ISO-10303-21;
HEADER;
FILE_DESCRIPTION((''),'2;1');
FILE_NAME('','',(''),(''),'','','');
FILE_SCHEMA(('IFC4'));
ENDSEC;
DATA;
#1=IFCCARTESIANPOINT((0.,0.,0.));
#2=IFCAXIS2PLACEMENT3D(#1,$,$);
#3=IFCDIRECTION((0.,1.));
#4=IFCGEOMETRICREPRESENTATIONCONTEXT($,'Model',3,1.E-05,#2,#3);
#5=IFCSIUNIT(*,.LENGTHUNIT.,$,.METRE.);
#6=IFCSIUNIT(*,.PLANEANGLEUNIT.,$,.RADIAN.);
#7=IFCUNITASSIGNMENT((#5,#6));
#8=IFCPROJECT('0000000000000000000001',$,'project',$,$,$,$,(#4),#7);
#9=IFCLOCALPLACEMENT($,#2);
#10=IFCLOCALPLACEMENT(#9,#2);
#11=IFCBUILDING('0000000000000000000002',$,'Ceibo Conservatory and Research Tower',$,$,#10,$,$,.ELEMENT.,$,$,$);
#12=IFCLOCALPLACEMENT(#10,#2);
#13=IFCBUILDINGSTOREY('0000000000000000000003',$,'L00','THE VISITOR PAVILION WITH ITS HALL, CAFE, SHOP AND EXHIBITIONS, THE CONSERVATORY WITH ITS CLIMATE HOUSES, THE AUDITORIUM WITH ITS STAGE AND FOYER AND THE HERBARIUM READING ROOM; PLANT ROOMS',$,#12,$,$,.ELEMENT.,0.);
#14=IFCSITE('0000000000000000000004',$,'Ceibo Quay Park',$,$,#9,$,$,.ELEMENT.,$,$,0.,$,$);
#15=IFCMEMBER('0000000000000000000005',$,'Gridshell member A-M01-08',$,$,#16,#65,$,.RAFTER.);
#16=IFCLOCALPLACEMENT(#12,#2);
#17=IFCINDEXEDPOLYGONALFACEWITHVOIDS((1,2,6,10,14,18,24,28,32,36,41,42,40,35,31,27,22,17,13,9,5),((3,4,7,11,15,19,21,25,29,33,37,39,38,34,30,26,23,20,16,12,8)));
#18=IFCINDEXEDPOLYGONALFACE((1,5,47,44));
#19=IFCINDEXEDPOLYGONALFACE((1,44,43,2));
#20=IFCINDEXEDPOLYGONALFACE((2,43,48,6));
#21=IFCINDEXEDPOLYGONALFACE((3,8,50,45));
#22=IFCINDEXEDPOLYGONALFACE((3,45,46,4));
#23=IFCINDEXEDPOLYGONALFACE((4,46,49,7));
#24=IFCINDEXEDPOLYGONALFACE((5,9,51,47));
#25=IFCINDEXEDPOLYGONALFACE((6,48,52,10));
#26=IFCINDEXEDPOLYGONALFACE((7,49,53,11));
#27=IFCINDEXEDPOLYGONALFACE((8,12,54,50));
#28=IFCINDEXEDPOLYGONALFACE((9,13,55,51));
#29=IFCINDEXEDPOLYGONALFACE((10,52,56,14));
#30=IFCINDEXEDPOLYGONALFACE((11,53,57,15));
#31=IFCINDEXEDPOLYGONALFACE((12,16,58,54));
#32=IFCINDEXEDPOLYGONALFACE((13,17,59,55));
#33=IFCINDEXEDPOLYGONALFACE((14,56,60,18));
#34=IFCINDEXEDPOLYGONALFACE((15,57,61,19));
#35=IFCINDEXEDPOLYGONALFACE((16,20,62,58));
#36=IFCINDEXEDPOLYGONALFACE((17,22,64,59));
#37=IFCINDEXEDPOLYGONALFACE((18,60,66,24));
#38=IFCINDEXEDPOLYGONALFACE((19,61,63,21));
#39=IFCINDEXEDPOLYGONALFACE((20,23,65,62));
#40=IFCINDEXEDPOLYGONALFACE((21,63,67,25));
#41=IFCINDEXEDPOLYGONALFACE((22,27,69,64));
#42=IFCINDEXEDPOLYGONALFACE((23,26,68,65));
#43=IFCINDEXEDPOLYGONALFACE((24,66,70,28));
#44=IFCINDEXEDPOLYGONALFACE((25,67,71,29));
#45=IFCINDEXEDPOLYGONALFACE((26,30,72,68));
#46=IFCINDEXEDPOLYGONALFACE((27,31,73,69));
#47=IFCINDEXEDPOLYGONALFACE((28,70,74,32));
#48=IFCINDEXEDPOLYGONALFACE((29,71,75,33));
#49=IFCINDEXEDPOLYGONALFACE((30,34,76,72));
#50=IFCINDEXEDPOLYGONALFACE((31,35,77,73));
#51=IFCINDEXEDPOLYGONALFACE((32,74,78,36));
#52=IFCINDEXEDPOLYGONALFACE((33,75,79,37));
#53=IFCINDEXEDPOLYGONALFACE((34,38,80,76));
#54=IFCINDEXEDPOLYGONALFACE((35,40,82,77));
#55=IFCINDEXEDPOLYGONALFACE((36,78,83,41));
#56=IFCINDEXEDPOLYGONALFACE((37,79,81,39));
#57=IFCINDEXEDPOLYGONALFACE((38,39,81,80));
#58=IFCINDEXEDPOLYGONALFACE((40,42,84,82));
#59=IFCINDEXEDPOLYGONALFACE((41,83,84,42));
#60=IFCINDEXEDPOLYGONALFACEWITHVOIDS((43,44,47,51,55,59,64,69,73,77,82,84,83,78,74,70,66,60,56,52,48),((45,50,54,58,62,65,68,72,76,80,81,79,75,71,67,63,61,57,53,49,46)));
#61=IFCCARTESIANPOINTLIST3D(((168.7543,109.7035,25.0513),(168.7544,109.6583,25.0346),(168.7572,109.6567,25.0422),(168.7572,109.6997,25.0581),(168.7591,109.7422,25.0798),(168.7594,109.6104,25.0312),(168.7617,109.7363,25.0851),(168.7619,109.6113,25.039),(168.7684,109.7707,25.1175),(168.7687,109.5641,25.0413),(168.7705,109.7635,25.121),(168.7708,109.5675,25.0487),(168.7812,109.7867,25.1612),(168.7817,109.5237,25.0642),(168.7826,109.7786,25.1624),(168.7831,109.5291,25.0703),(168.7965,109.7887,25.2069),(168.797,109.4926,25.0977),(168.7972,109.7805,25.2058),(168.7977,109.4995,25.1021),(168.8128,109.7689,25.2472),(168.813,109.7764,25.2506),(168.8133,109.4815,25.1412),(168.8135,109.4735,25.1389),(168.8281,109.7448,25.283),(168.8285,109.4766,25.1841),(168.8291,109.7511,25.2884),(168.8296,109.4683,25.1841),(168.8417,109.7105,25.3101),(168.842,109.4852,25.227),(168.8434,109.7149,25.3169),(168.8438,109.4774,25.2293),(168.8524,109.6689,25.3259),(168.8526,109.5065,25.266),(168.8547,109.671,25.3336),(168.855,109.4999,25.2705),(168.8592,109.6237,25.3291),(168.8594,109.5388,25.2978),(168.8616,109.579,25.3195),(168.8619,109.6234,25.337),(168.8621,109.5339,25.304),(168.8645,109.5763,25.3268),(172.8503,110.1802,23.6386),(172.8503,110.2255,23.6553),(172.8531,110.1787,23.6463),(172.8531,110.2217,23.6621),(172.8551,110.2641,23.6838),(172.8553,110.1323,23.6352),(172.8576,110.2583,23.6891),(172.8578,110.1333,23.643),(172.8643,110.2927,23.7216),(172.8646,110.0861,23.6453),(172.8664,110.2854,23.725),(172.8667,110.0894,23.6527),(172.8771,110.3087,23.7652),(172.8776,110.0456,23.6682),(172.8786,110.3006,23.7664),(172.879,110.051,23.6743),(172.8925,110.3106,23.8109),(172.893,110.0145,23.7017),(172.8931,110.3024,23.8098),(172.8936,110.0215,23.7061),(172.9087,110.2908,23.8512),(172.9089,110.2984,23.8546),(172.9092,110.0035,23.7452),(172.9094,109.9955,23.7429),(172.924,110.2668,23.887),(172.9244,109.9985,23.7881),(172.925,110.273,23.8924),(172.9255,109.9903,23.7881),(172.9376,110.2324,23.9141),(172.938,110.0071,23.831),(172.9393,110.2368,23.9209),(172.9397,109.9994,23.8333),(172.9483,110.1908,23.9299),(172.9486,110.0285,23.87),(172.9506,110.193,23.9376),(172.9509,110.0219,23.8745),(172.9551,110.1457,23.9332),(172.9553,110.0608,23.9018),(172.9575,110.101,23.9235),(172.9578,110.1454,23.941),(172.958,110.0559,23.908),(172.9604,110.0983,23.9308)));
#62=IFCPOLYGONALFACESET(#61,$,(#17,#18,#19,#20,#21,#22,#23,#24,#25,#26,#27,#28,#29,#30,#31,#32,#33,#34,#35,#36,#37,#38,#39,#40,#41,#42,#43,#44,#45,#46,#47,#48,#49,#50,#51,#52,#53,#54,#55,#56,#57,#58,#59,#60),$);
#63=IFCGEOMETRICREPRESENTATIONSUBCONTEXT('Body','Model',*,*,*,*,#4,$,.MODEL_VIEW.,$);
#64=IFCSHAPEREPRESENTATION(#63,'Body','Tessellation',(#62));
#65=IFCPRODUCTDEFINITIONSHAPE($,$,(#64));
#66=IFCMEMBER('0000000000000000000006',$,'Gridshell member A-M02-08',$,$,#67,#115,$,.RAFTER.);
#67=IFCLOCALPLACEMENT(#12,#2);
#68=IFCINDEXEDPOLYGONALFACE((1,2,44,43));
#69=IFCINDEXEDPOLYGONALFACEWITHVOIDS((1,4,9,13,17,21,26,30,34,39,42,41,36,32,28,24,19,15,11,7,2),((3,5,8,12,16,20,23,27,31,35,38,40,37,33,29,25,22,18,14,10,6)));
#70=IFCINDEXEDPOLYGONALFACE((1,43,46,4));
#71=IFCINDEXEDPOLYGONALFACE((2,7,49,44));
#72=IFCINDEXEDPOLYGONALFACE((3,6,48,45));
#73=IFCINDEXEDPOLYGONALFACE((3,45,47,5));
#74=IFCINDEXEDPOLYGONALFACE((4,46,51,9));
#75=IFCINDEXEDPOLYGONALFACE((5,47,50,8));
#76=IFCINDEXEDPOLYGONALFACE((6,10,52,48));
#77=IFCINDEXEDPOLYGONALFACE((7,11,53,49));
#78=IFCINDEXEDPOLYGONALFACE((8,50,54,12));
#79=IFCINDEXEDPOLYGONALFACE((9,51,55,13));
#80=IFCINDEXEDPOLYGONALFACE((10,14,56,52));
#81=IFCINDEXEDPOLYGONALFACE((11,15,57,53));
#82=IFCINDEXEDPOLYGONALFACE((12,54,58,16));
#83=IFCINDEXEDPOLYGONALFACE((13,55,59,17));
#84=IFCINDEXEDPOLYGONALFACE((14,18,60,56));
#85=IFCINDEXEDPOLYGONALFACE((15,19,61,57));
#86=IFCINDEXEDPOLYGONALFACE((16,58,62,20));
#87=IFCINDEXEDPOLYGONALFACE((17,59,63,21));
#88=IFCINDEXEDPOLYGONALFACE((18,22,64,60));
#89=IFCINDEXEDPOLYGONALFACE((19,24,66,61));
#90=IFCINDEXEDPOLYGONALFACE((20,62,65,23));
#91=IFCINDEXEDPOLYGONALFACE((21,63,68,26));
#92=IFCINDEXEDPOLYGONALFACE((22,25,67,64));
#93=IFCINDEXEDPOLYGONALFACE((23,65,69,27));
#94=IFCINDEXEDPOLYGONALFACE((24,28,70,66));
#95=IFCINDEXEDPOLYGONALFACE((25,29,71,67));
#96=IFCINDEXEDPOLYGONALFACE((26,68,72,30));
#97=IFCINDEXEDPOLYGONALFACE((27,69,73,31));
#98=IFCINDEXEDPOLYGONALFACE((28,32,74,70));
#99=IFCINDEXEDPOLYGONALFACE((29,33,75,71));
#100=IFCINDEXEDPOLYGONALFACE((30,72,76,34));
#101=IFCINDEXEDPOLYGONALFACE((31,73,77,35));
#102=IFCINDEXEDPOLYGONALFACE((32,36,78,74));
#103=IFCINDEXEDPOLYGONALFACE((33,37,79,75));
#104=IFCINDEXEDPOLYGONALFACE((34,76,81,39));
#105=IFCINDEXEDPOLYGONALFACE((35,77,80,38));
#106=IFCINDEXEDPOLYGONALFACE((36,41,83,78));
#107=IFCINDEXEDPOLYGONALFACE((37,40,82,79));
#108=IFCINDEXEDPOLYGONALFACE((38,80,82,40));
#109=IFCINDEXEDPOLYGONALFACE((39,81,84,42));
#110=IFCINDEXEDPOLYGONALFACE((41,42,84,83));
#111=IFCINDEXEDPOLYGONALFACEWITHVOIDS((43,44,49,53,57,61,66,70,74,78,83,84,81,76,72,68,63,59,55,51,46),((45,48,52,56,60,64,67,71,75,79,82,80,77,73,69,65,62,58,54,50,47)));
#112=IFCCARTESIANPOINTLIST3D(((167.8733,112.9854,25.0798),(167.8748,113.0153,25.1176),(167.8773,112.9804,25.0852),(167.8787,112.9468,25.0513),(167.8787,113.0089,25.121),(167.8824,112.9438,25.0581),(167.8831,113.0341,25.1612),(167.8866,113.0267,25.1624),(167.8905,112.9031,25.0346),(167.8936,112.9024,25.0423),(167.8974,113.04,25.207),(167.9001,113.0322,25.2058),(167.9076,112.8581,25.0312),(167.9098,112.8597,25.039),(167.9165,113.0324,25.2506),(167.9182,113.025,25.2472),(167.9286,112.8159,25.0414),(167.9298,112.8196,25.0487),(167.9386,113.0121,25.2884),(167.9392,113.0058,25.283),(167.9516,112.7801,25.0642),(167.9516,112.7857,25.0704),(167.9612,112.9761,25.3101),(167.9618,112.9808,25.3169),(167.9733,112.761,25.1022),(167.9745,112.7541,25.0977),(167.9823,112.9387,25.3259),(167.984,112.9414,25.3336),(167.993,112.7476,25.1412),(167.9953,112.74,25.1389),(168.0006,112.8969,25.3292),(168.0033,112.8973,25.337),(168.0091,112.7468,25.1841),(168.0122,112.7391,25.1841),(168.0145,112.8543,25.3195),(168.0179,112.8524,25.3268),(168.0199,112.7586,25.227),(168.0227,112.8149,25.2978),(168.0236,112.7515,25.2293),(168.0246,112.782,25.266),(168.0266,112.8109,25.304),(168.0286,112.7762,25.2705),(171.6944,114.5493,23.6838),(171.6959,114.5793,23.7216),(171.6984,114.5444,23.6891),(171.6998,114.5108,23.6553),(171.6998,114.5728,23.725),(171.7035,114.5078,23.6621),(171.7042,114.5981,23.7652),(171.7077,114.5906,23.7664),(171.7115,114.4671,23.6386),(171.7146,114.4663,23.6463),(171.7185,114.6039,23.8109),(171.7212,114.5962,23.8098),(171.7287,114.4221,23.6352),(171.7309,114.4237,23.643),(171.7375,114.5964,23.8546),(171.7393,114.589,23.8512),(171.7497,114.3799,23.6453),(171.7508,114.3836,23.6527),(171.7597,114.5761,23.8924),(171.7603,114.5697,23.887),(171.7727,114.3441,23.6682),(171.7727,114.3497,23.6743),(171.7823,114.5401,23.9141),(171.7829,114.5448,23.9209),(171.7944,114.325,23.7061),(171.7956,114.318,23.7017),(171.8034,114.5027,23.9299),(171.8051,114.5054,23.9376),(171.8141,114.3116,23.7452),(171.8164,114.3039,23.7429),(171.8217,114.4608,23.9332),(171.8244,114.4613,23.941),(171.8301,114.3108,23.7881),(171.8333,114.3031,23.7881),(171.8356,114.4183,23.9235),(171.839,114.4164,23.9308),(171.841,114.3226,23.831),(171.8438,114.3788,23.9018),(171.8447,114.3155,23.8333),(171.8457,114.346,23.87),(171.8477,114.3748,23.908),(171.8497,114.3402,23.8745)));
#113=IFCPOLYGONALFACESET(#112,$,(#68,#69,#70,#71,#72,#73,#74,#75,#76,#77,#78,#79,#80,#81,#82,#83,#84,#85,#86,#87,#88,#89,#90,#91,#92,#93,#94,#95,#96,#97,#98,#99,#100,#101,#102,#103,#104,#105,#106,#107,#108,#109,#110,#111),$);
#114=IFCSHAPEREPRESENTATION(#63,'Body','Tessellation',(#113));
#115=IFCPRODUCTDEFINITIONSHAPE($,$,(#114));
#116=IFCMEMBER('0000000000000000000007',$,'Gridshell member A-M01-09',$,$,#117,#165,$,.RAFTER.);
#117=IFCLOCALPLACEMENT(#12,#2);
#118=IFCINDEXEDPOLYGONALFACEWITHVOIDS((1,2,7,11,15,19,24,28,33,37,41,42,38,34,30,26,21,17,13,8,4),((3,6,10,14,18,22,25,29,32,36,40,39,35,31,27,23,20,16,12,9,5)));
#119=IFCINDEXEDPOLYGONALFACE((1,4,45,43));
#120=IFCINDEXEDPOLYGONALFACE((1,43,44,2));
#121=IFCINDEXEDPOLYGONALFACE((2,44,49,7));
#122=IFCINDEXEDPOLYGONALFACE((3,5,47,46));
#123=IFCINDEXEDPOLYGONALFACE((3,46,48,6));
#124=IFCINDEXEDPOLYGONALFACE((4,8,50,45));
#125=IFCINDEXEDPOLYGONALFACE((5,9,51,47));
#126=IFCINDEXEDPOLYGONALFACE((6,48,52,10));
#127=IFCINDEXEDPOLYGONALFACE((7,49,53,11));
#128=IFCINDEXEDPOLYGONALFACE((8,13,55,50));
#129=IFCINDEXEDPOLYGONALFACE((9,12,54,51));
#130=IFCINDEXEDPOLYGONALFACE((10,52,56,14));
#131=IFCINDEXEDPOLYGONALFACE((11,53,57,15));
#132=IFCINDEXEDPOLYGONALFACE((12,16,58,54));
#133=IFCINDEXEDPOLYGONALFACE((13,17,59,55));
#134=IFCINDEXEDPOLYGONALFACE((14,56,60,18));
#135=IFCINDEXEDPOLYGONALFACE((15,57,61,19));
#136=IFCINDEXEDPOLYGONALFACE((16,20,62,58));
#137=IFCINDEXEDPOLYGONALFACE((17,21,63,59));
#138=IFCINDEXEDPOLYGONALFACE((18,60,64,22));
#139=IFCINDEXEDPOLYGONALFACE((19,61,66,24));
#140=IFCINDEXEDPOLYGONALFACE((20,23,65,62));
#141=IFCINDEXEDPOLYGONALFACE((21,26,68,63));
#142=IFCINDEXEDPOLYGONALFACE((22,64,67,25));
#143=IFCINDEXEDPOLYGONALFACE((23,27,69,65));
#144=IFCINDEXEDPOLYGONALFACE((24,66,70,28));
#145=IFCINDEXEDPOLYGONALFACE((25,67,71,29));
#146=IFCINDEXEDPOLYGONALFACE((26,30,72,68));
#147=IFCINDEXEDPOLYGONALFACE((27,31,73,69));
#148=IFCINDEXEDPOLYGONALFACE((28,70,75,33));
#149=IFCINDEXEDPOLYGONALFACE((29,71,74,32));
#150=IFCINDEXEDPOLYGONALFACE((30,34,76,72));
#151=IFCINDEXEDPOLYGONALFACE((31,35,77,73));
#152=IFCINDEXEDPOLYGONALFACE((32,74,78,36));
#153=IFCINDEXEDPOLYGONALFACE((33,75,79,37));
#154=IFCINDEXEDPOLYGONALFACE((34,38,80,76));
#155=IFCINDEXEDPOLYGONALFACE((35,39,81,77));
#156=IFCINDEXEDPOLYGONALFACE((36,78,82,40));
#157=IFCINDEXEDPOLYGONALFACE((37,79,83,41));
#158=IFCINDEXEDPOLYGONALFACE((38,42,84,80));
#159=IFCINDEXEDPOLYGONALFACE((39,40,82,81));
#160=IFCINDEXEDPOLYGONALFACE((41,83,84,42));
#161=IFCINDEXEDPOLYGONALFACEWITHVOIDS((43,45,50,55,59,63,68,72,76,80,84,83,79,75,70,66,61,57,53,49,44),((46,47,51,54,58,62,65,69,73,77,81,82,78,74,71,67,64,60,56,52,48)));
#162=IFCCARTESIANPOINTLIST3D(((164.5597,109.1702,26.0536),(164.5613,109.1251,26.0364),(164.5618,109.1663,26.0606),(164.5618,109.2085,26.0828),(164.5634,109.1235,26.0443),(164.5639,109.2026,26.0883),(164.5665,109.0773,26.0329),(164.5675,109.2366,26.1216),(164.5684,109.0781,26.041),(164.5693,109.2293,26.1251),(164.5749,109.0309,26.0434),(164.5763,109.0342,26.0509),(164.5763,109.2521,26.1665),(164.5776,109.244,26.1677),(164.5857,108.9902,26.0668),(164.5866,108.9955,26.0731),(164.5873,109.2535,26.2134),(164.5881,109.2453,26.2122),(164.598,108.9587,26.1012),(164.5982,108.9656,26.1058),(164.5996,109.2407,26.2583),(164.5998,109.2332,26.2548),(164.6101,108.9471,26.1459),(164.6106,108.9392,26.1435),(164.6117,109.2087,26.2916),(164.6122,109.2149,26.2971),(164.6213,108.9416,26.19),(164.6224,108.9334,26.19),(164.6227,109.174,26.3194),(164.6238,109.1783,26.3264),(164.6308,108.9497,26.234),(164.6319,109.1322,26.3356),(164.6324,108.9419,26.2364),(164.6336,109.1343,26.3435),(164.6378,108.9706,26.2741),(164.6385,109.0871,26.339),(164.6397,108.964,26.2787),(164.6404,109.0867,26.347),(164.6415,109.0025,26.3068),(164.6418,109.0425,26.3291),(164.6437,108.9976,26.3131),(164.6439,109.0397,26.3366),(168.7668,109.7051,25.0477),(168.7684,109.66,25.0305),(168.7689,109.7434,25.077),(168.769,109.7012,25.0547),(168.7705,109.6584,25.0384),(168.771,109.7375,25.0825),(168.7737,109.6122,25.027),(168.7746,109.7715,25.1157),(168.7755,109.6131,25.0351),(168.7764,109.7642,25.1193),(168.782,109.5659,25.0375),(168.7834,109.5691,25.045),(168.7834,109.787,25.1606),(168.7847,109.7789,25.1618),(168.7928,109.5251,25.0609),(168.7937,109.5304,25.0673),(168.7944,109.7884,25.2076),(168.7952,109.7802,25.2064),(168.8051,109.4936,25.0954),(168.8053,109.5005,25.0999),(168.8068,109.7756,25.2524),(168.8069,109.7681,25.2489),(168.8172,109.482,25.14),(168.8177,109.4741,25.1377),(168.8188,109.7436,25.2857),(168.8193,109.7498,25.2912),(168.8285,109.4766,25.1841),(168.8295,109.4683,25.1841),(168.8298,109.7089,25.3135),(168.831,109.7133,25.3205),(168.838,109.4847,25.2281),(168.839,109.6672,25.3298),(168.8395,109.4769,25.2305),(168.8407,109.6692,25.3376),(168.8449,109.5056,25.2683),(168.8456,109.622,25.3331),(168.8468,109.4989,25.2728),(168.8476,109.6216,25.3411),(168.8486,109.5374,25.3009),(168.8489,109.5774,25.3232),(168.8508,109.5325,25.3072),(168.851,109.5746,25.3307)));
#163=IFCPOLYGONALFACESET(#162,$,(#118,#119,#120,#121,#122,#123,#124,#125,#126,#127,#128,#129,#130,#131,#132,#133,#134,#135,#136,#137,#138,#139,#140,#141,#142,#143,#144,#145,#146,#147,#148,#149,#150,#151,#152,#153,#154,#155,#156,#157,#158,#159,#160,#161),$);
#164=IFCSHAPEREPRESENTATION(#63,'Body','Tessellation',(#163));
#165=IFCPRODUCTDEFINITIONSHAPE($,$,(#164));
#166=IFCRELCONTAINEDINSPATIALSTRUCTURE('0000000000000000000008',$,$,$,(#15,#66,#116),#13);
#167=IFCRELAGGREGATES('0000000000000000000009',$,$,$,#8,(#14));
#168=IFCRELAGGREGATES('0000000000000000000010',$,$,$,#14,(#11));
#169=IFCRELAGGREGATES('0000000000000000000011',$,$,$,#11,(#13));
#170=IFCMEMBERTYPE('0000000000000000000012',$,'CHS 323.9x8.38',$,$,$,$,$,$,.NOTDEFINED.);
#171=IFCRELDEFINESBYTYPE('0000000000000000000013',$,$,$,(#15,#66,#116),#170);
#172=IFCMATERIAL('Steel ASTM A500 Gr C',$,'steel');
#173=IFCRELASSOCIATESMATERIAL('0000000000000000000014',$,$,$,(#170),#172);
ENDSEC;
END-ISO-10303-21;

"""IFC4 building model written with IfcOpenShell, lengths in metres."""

from ifc_helpers import new_model, si_unit, direction, frame, origin, origin_2d, place, context, subcontext, project, spatial, hollow_circle, extrude, material, material_profile, profile_set, type_object, element, save


model = new_model("IFC4")

# Units and contexts
model_context = context("Model", 3, precision=1e-05, world=origin(), true_north=direction((0.0, 1.0)))
body_context = subcontext(model_context, "Body", "Model", "MODEL_VIEW")
ifc_project = project(units=[si_unit("LENGTHUNIT", "METRE"), si_unit("PLANEANGLEUNIT", "RADIAN")], contexts=[model_context])

# Site, building, storey
site_placement = place(None, origin())
site = spatial("IfcSite", under=ifc_project, at=site_placement, Name="Ceibo Quay Park", CompositionType="ELEMENT", RefElevation=0.0)
building_placement = place(site_placement, origin())
building = spatial("IfcBuilding", under=site, at=building_placement, Name="Ceibo Conservatory and Research Tower", CompositionType="ELEMENT")
storey_placement = place(building_placement, origin())
storey = spatial("IfcBuildingStorey", under=building, at=storey_placement, Name="L00", Description="THE VISITOR PAVILION WITH ITS HALL, CAFE, SHOP AND EXHIBITIONS, THE CONSERVATORY WITH ITS CLIMATE HOUSES, THE AUDITORIUM WITH ITS STAGE AND FOYER AND THE HERBARIUM READING ROOM; PLANT ROOMS", CompositionType="ELEMENT", Elevation=0.0)

# Members
ifc_material_1 = material(Name="Steel ASTM A500 Gr C", Category="steel")
ifc_material_profile_1 = material_profile(ifc_material_1, hollow_circle(Radius=0.1619, WallThickness=0.0083, at=origin_2d()), Name="CHS 323.9x8.38")
ifc_profile_set_1 = profile_set([ifc_material_profile_1], Name="Steel ASTM A500 Gr C")
member_type_1 = type_object("IfcMemberType", Name="CHS 323.9x8.38", PredefinedType="NOTDEFINED", material=ifc_profile_set_1)
member_1_placement = place(storey_placement, frame((172.905, 110.1509, 23.7881), z_axis=(-0.939723, -0.119755, 0.32028), x_axis=(0.126414, -0.991978, 0.0)))
element("IfcMember", 1, at=member_1_placement, inside=storey, type_object=member_type_1, Name="Gridshell member A-M01-08", PredefinedType="RAFTER", context=body_context, shape_type="SweptSolid", body=[
    extrude(hollow_circle(Radius=0.1619, WallThickness=0.0083, at=origin_2d()), origin(), (0.0, 0.0, 1.0), 4.3586),
])
member_2_placement = place(storey_placement, frame((171.772, 114.4529, 23.7881), z_axis=(-0.876719, -0.358844, 0.320304), x_axis=(0.378801, -0.925478, 0.0)))
element("IfcMember", 2, at=member_2_placement, inside=storey, type_object=member_type_1, Name="Gridshell member A-M02-08", PredefinedType="RAFTER", context=body_context, shape_type="SweptSolid", body=[
    extrude(hollow_circle(Radius=0.1619, WallThickness=0.0083, at=origin_2d()), origin(), (0.0, 0.0, 1.0), 4.3584),
])
for number, where, z_axis, x_axis, name in (
    (3, (168.8091, 109.6289, 25.1841), (-0.965235, -0.122727, 0.230778), (0.126132, -0.992014, 0.0), "Gridshell member A-M01-09"),
):
    element("IfcMember", number, at=place(storey_placement, frame(where, z_axis=z_axis, x_axis=x_axis)), inside=storey, type_object=member_type_1, Name=name, PredefinedType="RAFTER", context=body_context, shape_type="SweptSolid", body=[
        extrude(hollow_circle(Radius=0.1619, WallThickness=0.0083, at=origin_2d()), origin(), (0.0, 0.0, 1.0), 4.3586),
    ])

save(model, "model.ifc")
